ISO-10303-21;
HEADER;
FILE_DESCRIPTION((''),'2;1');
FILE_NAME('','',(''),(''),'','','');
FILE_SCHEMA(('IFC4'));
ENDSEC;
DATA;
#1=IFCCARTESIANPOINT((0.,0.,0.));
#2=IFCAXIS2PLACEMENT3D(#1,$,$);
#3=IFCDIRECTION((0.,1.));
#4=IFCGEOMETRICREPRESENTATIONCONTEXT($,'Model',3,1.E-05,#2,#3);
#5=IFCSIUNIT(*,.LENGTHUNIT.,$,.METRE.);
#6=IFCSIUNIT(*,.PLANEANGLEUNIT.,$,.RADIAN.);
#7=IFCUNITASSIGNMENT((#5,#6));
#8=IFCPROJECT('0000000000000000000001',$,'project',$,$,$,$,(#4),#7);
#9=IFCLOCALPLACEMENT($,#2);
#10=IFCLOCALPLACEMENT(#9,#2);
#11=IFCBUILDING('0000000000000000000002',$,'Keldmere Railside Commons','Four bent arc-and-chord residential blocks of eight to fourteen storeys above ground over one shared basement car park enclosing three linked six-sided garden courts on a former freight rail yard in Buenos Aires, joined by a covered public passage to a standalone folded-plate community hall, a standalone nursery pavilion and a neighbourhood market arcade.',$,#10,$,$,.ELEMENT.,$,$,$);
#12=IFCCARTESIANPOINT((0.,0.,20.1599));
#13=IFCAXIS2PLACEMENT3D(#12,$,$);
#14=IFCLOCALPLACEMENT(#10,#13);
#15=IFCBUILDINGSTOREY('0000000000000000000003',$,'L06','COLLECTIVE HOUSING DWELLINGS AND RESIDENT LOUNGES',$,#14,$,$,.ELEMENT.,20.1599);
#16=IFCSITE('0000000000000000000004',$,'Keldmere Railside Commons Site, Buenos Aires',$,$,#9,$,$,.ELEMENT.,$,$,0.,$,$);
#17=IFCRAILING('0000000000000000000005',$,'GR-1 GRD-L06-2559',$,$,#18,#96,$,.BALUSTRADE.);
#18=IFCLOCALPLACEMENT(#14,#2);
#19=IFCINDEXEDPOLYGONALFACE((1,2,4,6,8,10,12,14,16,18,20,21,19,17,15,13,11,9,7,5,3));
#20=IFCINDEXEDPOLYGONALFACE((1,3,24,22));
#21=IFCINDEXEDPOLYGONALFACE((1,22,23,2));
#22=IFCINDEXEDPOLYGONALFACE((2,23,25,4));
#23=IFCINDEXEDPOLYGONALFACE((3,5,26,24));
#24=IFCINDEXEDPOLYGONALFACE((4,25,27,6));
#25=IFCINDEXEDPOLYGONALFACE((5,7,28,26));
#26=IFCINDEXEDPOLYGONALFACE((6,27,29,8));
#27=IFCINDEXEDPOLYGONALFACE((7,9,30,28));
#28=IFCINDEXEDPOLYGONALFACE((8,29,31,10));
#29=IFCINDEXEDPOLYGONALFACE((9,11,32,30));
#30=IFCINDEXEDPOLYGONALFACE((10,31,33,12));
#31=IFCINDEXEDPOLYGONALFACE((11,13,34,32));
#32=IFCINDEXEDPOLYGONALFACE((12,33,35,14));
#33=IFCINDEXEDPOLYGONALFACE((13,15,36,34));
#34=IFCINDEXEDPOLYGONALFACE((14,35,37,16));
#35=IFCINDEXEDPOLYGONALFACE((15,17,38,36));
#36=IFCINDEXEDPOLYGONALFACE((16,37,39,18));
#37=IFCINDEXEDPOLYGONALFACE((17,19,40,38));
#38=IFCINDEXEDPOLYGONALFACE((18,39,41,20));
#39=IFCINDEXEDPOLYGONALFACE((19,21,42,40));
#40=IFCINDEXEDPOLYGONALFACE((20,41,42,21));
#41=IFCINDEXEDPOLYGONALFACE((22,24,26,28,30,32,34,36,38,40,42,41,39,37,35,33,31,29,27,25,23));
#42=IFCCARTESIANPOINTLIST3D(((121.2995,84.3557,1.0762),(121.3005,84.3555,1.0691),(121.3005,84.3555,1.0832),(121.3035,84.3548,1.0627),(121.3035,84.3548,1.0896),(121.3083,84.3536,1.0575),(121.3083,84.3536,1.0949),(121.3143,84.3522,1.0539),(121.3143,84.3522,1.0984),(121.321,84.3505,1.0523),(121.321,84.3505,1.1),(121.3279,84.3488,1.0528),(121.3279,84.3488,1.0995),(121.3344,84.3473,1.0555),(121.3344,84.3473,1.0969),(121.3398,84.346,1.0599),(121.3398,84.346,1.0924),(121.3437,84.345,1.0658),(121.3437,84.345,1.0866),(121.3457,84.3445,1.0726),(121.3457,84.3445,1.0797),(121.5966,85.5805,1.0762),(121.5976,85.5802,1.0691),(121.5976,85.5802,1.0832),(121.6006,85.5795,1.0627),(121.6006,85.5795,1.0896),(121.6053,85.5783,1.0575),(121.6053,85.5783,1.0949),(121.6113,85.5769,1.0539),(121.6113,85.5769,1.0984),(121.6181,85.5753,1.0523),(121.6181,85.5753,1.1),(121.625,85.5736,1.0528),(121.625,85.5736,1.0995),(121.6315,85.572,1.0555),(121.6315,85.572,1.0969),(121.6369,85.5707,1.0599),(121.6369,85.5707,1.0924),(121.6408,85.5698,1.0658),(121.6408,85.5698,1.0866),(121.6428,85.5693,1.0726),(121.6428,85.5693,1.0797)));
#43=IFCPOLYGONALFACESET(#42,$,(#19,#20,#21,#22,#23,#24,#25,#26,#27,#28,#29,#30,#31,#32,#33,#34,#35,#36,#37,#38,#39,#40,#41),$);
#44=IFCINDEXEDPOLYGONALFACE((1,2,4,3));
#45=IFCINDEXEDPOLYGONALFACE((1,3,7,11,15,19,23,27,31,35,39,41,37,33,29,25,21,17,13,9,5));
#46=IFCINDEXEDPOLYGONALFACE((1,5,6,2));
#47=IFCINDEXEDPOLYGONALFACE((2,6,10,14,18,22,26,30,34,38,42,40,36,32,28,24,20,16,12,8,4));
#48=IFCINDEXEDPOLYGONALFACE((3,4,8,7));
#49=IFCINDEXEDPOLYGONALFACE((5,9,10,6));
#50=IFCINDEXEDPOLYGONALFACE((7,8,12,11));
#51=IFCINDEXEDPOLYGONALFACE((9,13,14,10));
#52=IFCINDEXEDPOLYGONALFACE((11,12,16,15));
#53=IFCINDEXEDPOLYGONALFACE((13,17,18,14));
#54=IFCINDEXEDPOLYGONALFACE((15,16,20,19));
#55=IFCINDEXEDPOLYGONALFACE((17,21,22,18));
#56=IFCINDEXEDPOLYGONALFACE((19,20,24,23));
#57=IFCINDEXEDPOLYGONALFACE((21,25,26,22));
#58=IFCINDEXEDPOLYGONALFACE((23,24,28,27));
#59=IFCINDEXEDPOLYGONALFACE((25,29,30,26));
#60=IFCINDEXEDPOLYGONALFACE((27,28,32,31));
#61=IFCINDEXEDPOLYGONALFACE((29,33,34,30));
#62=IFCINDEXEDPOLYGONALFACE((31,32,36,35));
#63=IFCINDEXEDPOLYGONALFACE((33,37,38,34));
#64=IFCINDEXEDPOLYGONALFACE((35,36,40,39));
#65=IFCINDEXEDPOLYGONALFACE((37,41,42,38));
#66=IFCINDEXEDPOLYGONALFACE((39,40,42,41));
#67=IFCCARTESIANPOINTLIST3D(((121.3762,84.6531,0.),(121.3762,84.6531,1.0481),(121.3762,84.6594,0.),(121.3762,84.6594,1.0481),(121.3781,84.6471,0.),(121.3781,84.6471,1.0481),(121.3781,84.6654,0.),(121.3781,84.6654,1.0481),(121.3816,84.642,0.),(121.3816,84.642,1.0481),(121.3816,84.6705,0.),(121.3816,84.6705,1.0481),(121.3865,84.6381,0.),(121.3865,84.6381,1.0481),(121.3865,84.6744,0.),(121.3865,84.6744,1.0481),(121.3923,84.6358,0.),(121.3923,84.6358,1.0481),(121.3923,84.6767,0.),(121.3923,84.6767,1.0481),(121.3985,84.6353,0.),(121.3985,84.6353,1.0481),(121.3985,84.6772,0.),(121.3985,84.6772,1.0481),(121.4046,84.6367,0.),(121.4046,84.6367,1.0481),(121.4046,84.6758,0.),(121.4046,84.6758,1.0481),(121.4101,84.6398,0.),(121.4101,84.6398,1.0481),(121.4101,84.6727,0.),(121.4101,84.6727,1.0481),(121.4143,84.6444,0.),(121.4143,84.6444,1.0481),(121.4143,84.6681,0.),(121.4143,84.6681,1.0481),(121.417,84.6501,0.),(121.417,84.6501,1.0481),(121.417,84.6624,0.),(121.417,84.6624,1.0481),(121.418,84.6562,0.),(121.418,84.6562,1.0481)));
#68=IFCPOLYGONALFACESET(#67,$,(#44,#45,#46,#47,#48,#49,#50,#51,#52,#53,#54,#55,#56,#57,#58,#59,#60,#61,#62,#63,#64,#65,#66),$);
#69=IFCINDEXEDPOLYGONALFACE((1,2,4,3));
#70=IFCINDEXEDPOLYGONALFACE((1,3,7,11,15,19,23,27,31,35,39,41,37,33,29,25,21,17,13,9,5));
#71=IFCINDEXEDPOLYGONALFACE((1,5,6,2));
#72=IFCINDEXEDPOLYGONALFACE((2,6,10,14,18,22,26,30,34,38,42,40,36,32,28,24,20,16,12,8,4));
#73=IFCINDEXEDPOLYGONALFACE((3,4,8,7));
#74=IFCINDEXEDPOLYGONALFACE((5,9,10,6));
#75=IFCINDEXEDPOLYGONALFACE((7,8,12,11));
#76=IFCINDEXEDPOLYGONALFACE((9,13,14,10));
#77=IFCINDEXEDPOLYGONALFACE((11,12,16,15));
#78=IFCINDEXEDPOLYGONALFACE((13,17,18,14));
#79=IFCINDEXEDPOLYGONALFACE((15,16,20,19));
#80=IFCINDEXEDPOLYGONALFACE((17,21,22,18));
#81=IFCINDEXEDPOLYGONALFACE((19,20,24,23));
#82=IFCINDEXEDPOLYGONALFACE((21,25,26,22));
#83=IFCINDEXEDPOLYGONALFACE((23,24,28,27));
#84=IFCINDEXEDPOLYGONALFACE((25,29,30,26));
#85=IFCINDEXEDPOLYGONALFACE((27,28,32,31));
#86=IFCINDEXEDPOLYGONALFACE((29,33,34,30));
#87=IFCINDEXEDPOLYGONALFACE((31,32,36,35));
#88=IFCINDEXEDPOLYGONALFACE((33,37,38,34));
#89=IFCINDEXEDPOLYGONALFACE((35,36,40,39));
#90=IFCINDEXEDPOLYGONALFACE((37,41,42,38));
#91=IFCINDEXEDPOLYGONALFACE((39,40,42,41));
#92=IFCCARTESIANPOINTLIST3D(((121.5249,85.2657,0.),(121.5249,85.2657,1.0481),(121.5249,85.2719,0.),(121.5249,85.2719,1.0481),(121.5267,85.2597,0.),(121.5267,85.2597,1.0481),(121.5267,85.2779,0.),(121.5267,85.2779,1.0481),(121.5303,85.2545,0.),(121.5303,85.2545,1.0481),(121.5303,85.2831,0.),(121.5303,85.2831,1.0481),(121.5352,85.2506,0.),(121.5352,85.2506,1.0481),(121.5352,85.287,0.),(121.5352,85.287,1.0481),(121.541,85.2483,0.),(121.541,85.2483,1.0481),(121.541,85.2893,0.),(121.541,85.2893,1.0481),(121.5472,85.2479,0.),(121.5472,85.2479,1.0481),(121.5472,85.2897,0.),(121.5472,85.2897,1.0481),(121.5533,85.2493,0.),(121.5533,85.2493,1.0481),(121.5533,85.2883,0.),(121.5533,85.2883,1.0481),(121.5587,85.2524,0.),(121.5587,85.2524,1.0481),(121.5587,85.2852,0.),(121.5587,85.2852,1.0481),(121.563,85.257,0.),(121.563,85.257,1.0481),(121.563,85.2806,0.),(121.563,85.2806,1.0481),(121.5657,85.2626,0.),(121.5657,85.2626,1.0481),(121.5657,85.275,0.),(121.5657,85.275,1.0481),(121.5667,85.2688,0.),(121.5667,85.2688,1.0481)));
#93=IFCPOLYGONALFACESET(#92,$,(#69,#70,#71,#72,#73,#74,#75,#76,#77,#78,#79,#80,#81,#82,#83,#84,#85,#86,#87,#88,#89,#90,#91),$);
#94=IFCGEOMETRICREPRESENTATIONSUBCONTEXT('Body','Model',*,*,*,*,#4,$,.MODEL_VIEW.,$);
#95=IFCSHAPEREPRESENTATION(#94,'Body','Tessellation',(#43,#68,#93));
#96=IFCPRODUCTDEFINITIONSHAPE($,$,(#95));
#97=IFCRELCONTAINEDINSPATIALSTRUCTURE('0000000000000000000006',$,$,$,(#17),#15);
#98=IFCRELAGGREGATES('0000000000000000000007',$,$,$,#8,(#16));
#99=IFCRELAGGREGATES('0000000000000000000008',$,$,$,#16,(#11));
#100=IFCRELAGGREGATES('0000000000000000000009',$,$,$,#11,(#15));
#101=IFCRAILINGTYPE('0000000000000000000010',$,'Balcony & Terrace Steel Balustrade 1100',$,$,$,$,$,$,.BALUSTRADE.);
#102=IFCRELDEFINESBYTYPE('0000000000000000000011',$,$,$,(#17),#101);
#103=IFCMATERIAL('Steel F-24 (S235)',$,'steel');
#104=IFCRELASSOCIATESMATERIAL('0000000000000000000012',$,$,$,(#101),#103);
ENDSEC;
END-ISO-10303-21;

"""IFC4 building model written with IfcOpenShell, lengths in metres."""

from ifc_helpers import new_model, si_unit, direction, frame, origin, origin_2d, place, context, subcontext, project, spatial, circle, extrude, material, type_object, element, save


model = new_model("IFC4")

# Units and contexts
model_context = context("Model", 3, precision=1e-05, world=origin(), true_north=direction((0.0, 1.0)))
body_context = subcontext(model_context, "Body", "Model", "MODEL_VIEW")
ifc_project = project(units=[si_unit("LENGTHUNIT", "METRE"), si_unit("PLANEANGLEUNIT", "RADIAN")], contexts=[model_context])

# Site, building, storey
site_placement = place(None, origin())
site = spatial("IfcSite", under=ifc_project, at=site_placement, Name="Keldmere Railside Commons Site, Buenos Aires", CompositionType="ELEMENT", RefElevation=0.0)
building_placement = place(site_placement, origin())
building = spatial("IfcBuilding", under=site, at=building_placement, Name="Keldmere Railside Commons", Description="Four bent arc-and-chord residential blocks of eight to fourteen storeys above ground over one shared basement car park enclosing three linked six-sided garden courts on a former freight rail yard in Buenos Aires, joined by a covered public passage to a standalone folded-plate community hall, a standalone nursery pavilion and a neighbourhood market arcade.", CompositionType="ELEMENT")
storey_placement = place(building_placement, frame((0.0, 0.0, 20.1599)))
storey = spatial("IfcBuildingStorey", under=building, at=storey_placement, Name="L06", Description="COLLECTIVE HOUSING DWELLINGS AND RESIDENT LOUNGES", CompositionType="ELEMENT", Elevation=20.1599)

# Railing
ifc_material_1 = material(Name="Steel F-24 (S235)", Category="steel")
railing_type = type_object("IfcRailingType", Name="Balcony & Terrace Steel Balustrade 1100", PredefinedType="BALUSTRADE", material=ifc_material_1)
railing_1_placement = place(storey_placement, frame((121.3228, 84.3501, 0.0)))
element("IfcRailing", 1, at=railing_1_placement, inside=storey, type_object=railing_type, Name="GR-1 GRD-L06-2559", PredefinedType="BALUSTRADE", context=body_context, shape_type="SweptSolid", body=[
    extrude(circle(Radius=0.0239, at=origin_2d()), frame((0.0, 0.0, 1.0762), z_axis=(0.235739, 0.971816, 0.0), x_axis=(-0.971816, 0.235739, 0.0)), (0.0, 0.0, 1.0), 1.2603),
    extrude(circle(Radius=0.021, at=origin_2d()), frame((0.0742, 0.3062, 0.0)), (0.0, 0.0, 1.0), 1.0481),
    extrude(circle(Radius=0.021, at=origin_2d()), frame((0.2229, 0.9187, 0.0)), (0.0, 0.0, 1.0), 1.0481),
])

save(model, "model.ifc")
